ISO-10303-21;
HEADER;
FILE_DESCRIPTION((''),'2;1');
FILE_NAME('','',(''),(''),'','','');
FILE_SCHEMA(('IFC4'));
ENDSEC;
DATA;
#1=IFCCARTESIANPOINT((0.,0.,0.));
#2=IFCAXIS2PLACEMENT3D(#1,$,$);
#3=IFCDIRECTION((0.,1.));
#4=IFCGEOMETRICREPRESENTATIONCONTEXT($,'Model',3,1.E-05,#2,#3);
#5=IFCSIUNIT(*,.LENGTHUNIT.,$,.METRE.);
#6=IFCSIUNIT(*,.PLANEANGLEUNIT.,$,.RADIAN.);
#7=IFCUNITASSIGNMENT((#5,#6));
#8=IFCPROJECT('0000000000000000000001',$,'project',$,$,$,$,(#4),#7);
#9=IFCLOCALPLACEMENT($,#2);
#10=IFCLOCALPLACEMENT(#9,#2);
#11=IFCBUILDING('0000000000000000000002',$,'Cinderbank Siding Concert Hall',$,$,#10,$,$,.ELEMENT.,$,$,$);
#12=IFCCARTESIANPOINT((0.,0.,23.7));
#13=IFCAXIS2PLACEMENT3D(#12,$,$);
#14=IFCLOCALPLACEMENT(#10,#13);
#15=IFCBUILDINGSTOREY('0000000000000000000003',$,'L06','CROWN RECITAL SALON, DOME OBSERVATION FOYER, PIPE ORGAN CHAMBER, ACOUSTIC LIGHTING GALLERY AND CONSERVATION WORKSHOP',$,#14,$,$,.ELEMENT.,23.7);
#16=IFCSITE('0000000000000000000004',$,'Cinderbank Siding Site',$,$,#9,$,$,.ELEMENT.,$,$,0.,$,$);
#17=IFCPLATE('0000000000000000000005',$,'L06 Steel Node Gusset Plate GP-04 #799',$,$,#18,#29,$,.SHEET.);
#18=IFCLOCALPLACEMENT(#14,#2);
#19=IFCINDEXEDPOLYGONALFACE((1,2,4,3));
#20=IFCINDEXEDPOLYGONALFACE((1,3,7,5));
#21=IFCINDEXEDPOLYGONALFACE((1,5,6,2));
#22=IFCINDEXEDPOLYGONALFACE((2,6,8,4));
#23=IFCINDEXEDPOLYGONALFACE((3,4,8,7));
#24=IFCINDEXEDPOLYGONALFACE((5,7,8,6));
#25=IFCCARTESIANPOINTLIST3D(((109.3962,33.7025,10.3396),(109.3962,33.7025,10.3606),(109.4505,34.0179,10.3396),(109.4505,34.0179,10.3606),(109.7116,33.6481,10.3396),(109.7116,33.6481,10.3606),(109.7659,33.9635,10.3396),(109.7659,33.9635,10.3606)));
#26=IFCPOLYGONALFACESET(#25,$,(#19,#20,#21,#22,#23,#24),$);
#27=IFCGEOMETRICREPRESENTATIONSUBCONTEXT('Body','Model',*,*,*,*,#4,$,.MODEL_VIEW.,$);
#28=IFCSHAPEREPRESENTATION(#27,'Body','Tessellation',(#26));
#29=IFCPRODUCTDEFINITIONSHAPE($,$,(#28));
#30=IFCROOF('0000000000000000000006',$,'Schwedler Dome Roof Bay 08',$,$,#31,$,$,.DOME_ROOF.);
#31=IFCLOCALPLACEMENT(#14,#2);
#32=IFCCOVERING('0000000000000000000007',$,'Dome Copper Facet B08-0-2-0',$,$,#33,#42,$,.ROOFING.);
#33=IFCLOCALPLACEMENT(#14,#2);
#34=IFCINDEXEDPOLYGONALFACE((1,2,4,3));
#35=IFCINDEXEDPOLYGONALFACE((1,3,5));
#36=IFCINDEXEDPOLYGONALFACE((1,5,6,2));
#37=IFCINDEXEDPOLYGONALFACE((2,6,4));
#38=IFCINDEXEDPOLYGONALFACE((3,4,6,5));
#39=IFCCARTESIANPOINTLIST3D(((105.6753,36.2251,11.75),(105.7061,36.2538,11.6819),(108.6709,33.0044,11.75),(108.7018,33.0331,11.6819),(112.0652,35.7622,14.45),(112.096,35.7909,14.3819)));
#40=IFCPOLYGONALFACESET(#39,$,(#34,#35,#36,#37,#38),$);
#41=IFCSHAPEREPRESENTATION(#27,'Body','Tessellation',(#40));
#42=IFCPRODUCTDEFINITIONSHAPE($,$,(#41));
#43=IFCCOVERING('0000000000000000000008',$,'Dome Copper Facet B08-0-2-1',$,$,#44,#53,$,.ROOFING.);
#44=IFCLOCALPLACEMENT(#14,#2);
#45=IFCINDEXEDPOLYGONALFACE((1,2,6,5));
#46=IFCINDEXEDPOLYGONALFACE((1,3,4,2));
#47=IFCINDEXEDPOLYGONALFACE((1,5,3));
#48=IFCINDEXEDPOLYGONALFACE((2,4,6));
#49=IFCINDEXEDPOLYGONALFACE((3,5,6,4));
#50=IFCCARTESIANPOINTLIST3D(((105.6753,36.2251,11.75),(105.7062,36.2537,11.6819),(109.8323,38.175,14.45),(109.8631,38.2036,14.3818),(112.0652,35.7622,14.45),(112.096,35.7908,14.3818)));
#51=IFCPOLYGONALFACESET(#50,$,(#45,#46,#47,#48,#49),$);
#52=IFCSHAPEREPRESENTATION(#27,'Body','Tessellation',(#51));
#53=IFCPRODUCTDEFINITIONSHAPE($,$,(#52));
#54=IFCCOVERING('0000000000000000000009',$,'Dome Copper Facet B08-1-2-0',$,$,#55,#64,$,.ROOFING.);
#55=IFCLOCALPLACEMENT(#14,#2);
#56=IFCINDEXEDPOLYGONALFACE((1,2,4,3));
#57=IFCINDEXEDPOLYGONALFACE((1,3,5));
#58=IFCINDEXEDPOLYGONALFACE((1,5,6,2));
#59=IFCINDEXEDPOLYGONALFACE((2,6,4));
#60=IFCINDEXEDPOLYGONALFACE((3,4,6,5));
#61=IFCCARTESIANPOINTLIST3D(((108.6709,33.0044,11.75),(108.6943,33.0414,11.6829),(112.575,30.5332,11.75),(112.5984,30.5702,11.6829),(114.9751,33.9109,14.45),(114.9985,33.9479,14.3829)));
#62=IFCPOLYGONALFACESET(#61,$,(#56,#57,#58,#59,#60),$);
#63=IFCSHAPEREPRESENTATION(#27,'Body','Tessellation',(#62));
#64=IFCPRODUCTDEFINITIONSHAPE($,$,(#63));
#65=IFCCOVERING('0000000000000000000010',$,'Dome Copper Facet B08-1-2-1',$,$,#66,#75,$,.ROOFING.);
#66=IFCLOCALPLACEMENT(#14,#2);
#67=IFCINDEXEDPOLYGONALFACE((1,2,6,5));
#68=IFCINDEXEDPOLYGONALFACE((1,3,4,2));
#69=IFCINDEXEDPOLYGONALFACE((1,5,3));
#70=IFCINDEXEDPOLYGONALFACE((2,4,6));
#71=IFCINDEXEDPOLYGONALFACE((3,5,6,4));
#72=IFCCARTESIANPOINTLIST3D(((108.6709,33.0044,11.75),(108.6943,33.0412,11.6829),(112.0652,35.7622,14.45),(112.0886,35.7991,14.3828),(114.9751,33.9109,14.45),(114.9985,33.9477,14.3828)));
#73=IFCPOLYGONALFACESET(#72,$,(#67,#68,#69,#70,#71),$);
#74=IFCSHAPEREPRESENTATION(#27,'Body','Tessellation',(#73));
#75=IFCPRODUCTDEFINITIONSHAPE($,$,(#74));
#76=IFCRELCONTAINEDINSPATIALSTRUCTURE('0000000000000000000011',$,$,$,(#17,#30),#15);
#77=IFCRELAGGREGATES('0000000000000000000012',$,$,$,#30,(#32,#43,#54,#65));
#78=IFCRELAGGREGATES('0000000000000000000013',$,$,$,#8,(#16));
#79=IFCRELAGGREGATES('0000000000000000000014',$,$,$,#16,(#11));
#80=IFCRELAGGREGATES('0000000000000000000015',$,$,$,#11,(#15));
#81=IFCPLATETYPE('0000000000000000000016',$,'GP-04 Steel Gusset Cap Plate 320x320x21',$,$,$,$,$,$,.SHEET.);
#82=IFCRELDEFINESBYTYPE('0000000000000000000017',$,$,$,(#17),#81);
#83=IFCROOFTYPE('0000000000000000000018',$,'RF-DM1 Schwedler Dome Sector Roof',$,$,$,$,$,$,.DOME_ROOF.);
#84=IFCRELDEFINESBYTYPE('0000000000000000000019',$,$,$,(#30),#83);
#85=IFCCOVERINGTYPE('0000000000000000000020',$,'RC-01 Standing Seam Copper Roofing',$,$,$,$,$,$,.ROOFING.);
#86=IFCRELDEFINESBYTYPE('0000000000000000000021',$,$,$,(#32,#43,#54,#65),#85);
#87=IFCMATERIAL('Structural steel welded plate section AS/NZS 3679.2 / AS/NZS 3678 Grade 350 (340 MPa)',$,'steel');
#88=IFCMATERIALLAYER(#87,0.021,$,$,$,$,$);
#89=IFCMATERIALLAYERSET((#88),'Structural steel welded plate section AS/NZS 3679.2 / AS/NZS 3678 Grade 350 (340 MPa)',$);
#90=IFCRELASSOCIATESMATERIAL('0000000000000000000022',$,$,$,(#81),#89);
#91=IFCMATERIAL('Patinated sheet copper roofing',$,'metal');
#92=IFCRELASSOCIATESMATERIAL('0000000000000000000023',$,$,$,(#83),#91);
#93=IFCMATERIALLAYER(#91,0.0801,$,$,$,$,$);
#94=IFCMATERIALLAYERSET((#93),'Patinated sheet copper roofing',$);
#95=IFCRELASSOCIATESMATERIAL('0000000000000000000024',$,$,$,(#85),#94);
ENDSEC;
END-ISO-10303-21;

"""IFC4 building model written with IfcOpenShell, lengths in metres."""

from ifc_helpers import new_model, si_unit, direction, frame, origin, origin_2d, place, context, subcontext, project, spatial, polyline, rectangle, outline, extrude, material, layer, layer_set, type_object, element, aggregate, save


model = new_model("IFC4")

# Units and contexts
model_context = context("Model", 3, precision=1e-05, world=origin(), true_north=direction((0.0, 1.0)))
body_context = subcontext(model_context, "Body", "Model", "MODEL_VIEW")
ifc_project = project(units=[si_unit("LENGTHUNIT", "METRE"), si_unit("PLANEANGLEUNIT", "RADIAN")], contexts=[model_context])

# Site, building, storey
site_placement = place(None, origin())
site = spatial("IfcSite", under=ifc_project, at=site_placement, Name="Cinderbank Siding Site", CompositionType="ELEMENT", RefElevation=0.0)
building_placement = place(site_placement, origin())
building = spatial("IfcBuilding", under=site, at=building_placement, Name="Cinderbank Siding Concert Hall", CompositionType="ELEMENT")
storey_placement = place(building_placement, frame((0.0, 0.0, 23.7)))
storey = spatial("IfcBuildingStorey", under=building, at=storey_placement, Name="L06", Description="CROWN RECITAL SALON, DOME OBSERVATION FOYER, PIPE ORGAN CHAMBER, ACOUSTIC LIGHTING GALLERY AND CONSERVATION WORKSHOP", CompositionType="ELEMENT", Elevation=23.7)

# Plate
ifc_material_1 = material(Name="Structural steel welded plate section AS/NZS 3679.2 / AS/NZS 3678 Grade 350 (340 MPa)", Category="steel")
ifc_layer_1 = layer(ifc_material_1, 0.021)
ifc_layer_set_1 = layer_set([ifc_layer_1], Name="Structural steel welded plate section AS/NZS 3679.2 / AS/NZS 3678 Grade 350 (340 MPa)")
plate_type_1 = type_object("IfcPlateType", Name="GP-04 Steel Gusset Cap Plate 320x320x21", PredefinedType="SHEET", material=ifc_layer_set_1)
plate_placement = place(storey_placement, frame((109.5811, 33.833, 10.3396), z_axis=(0.0, 0.0, 1.0), x_axis=(0.985467, -0.169866, 0.0)))
element("IfcPlate", 1, at=plate_placement, inside=storey, type_object=plate_type_1, Name="L06 Steel Node Gusset Plate GP-04 #799", PredefinedType="SHEET", context=body_context, shape_type="SweptSolid", body=[
    extrude(rectangle(XDim=0.3201, YDim=0.3201, at=origin_2d()), origin(), (0.0, 0.0, 1.0), 0.021),
])

# Roof, coverings
ifc_material_2 = material(Name="Patinated sheet copper roofing", Category="metal")
roof_type = type_object("IfcRoofType", Name="RF-DM1 Schwedler Dome Sector Roof", PredefinedType="DOME_ROOF", material=ifc_material_2)
roof_placement = place(storey_placement, origin())
roof = element("IfcRoof", 2, at=roof_placement, inside=storey, type_object=roof_type, Name="Schwedler Dome Roof Bay 08", PredefinedType="DOME_ROOF")
ifc_layer_2 = layer(ifc_material_2, 0.0801)
ifc_layer_set_2 = layer_set([ifc_layer_2], Name="Patinated sheet copper roofing")
covering_type = type_object("IfcCoveringType", Name="RC-01 Standing Seam Copper Roofing", PredefinedType="ROOFING", material=ifc_layer_set_2)
covering_1_placement = place(storey_placement, frame((105.6753, 36.2251, 11.75), z_axis=(-0.385275, -0.358348, 0.850382), x_axis=(0.681056, -0.732232, 0.0)))
covering_1 = element("IfcCovering", 3, at=covering_1_placement, type_object=covering_type, Name="Dome Copper Facet B08-0-2-0", PredefinedType="ROOFING", context=body_context, shape_type="SweptSolid", body=[
    extrude(outline(polyline([(0.0, 0.0), (4.3985, 0.0), (4.6908, 5.1314), (0.0, 0.0)])), origin(), (0.0, 0.0, -1.0), 0.0801),
])
covering_2_placement = place(storey_placement, frame((105.6753, 36.2251, 11.75), z_axis=(-0.385422, -0.35668, 0.851016), x_axis=(0.919102, -0.066581, 0.388353)))
covering_2 = element("IfcCovering", 4, at=covering_2_placement, type_object=covering_type, Name="Dome Copper Facet B08-0-2-1", PredefinedType="ROOFING", context=body_context, shape_type="SweptSolid", body=[
    extrude(outline(polyline([(0.0, 0.0), (6.9523, 0.0), (4.7394, 2.4312), (0.0, 0.0)])), origin(), (0.0, 0.0, -1.0), 0.0801),
])
covering_3_placement = place(storey_placement, frame((108.6709, 33.0044, 11.75), z_axis=(-0.292277, -0.461747, 0.837475), x_axis=(0.844954, -0.53484, 0.0)))
covering_3 = element("IfcCovering", 5, at=covering_3_placement, type_object=covering_type, Name="Dome Copper Facet B08-1-2-0", PredefinedType="ROOFING", context=body_context, shape_type="SweptSolid", body=[
    extrude(outline(polyline([(0.0, 0.0), (4.6204, 0.0), (4.8419, 4.9407), (0.0, 0.0)])), origin(), (0.0, 0.0, -1.0), 0.0801),
])
covering_4_placement = place(storey_placement, frame((108.6709, 33.0044, 11.75), z_axis=(-0.292786, -0.460203, 0.838146), x_axis=(0.911316, 0.13104, 0.390297)))
covering_4 = element("IfcCovering", 6, at=covering_4_placement, type_object=covering_type, Name="Dome Copper Facet B08-1-2-1", PredefinedType="ROOFING", context=body_context, shape_type="SweptSolid", body=[
    extrude(outline(polyline([(0.0, 0.0), (6.9177, 0.0), (4.5084, 2.4679), (0.0, 0.0)])), origin(), (0.0, 0.0, -1.0), 0.0801),
])
aggregate(roof, [covering_1, covering_2, covering_3, covering_4])

save(model, "model.ifc")
